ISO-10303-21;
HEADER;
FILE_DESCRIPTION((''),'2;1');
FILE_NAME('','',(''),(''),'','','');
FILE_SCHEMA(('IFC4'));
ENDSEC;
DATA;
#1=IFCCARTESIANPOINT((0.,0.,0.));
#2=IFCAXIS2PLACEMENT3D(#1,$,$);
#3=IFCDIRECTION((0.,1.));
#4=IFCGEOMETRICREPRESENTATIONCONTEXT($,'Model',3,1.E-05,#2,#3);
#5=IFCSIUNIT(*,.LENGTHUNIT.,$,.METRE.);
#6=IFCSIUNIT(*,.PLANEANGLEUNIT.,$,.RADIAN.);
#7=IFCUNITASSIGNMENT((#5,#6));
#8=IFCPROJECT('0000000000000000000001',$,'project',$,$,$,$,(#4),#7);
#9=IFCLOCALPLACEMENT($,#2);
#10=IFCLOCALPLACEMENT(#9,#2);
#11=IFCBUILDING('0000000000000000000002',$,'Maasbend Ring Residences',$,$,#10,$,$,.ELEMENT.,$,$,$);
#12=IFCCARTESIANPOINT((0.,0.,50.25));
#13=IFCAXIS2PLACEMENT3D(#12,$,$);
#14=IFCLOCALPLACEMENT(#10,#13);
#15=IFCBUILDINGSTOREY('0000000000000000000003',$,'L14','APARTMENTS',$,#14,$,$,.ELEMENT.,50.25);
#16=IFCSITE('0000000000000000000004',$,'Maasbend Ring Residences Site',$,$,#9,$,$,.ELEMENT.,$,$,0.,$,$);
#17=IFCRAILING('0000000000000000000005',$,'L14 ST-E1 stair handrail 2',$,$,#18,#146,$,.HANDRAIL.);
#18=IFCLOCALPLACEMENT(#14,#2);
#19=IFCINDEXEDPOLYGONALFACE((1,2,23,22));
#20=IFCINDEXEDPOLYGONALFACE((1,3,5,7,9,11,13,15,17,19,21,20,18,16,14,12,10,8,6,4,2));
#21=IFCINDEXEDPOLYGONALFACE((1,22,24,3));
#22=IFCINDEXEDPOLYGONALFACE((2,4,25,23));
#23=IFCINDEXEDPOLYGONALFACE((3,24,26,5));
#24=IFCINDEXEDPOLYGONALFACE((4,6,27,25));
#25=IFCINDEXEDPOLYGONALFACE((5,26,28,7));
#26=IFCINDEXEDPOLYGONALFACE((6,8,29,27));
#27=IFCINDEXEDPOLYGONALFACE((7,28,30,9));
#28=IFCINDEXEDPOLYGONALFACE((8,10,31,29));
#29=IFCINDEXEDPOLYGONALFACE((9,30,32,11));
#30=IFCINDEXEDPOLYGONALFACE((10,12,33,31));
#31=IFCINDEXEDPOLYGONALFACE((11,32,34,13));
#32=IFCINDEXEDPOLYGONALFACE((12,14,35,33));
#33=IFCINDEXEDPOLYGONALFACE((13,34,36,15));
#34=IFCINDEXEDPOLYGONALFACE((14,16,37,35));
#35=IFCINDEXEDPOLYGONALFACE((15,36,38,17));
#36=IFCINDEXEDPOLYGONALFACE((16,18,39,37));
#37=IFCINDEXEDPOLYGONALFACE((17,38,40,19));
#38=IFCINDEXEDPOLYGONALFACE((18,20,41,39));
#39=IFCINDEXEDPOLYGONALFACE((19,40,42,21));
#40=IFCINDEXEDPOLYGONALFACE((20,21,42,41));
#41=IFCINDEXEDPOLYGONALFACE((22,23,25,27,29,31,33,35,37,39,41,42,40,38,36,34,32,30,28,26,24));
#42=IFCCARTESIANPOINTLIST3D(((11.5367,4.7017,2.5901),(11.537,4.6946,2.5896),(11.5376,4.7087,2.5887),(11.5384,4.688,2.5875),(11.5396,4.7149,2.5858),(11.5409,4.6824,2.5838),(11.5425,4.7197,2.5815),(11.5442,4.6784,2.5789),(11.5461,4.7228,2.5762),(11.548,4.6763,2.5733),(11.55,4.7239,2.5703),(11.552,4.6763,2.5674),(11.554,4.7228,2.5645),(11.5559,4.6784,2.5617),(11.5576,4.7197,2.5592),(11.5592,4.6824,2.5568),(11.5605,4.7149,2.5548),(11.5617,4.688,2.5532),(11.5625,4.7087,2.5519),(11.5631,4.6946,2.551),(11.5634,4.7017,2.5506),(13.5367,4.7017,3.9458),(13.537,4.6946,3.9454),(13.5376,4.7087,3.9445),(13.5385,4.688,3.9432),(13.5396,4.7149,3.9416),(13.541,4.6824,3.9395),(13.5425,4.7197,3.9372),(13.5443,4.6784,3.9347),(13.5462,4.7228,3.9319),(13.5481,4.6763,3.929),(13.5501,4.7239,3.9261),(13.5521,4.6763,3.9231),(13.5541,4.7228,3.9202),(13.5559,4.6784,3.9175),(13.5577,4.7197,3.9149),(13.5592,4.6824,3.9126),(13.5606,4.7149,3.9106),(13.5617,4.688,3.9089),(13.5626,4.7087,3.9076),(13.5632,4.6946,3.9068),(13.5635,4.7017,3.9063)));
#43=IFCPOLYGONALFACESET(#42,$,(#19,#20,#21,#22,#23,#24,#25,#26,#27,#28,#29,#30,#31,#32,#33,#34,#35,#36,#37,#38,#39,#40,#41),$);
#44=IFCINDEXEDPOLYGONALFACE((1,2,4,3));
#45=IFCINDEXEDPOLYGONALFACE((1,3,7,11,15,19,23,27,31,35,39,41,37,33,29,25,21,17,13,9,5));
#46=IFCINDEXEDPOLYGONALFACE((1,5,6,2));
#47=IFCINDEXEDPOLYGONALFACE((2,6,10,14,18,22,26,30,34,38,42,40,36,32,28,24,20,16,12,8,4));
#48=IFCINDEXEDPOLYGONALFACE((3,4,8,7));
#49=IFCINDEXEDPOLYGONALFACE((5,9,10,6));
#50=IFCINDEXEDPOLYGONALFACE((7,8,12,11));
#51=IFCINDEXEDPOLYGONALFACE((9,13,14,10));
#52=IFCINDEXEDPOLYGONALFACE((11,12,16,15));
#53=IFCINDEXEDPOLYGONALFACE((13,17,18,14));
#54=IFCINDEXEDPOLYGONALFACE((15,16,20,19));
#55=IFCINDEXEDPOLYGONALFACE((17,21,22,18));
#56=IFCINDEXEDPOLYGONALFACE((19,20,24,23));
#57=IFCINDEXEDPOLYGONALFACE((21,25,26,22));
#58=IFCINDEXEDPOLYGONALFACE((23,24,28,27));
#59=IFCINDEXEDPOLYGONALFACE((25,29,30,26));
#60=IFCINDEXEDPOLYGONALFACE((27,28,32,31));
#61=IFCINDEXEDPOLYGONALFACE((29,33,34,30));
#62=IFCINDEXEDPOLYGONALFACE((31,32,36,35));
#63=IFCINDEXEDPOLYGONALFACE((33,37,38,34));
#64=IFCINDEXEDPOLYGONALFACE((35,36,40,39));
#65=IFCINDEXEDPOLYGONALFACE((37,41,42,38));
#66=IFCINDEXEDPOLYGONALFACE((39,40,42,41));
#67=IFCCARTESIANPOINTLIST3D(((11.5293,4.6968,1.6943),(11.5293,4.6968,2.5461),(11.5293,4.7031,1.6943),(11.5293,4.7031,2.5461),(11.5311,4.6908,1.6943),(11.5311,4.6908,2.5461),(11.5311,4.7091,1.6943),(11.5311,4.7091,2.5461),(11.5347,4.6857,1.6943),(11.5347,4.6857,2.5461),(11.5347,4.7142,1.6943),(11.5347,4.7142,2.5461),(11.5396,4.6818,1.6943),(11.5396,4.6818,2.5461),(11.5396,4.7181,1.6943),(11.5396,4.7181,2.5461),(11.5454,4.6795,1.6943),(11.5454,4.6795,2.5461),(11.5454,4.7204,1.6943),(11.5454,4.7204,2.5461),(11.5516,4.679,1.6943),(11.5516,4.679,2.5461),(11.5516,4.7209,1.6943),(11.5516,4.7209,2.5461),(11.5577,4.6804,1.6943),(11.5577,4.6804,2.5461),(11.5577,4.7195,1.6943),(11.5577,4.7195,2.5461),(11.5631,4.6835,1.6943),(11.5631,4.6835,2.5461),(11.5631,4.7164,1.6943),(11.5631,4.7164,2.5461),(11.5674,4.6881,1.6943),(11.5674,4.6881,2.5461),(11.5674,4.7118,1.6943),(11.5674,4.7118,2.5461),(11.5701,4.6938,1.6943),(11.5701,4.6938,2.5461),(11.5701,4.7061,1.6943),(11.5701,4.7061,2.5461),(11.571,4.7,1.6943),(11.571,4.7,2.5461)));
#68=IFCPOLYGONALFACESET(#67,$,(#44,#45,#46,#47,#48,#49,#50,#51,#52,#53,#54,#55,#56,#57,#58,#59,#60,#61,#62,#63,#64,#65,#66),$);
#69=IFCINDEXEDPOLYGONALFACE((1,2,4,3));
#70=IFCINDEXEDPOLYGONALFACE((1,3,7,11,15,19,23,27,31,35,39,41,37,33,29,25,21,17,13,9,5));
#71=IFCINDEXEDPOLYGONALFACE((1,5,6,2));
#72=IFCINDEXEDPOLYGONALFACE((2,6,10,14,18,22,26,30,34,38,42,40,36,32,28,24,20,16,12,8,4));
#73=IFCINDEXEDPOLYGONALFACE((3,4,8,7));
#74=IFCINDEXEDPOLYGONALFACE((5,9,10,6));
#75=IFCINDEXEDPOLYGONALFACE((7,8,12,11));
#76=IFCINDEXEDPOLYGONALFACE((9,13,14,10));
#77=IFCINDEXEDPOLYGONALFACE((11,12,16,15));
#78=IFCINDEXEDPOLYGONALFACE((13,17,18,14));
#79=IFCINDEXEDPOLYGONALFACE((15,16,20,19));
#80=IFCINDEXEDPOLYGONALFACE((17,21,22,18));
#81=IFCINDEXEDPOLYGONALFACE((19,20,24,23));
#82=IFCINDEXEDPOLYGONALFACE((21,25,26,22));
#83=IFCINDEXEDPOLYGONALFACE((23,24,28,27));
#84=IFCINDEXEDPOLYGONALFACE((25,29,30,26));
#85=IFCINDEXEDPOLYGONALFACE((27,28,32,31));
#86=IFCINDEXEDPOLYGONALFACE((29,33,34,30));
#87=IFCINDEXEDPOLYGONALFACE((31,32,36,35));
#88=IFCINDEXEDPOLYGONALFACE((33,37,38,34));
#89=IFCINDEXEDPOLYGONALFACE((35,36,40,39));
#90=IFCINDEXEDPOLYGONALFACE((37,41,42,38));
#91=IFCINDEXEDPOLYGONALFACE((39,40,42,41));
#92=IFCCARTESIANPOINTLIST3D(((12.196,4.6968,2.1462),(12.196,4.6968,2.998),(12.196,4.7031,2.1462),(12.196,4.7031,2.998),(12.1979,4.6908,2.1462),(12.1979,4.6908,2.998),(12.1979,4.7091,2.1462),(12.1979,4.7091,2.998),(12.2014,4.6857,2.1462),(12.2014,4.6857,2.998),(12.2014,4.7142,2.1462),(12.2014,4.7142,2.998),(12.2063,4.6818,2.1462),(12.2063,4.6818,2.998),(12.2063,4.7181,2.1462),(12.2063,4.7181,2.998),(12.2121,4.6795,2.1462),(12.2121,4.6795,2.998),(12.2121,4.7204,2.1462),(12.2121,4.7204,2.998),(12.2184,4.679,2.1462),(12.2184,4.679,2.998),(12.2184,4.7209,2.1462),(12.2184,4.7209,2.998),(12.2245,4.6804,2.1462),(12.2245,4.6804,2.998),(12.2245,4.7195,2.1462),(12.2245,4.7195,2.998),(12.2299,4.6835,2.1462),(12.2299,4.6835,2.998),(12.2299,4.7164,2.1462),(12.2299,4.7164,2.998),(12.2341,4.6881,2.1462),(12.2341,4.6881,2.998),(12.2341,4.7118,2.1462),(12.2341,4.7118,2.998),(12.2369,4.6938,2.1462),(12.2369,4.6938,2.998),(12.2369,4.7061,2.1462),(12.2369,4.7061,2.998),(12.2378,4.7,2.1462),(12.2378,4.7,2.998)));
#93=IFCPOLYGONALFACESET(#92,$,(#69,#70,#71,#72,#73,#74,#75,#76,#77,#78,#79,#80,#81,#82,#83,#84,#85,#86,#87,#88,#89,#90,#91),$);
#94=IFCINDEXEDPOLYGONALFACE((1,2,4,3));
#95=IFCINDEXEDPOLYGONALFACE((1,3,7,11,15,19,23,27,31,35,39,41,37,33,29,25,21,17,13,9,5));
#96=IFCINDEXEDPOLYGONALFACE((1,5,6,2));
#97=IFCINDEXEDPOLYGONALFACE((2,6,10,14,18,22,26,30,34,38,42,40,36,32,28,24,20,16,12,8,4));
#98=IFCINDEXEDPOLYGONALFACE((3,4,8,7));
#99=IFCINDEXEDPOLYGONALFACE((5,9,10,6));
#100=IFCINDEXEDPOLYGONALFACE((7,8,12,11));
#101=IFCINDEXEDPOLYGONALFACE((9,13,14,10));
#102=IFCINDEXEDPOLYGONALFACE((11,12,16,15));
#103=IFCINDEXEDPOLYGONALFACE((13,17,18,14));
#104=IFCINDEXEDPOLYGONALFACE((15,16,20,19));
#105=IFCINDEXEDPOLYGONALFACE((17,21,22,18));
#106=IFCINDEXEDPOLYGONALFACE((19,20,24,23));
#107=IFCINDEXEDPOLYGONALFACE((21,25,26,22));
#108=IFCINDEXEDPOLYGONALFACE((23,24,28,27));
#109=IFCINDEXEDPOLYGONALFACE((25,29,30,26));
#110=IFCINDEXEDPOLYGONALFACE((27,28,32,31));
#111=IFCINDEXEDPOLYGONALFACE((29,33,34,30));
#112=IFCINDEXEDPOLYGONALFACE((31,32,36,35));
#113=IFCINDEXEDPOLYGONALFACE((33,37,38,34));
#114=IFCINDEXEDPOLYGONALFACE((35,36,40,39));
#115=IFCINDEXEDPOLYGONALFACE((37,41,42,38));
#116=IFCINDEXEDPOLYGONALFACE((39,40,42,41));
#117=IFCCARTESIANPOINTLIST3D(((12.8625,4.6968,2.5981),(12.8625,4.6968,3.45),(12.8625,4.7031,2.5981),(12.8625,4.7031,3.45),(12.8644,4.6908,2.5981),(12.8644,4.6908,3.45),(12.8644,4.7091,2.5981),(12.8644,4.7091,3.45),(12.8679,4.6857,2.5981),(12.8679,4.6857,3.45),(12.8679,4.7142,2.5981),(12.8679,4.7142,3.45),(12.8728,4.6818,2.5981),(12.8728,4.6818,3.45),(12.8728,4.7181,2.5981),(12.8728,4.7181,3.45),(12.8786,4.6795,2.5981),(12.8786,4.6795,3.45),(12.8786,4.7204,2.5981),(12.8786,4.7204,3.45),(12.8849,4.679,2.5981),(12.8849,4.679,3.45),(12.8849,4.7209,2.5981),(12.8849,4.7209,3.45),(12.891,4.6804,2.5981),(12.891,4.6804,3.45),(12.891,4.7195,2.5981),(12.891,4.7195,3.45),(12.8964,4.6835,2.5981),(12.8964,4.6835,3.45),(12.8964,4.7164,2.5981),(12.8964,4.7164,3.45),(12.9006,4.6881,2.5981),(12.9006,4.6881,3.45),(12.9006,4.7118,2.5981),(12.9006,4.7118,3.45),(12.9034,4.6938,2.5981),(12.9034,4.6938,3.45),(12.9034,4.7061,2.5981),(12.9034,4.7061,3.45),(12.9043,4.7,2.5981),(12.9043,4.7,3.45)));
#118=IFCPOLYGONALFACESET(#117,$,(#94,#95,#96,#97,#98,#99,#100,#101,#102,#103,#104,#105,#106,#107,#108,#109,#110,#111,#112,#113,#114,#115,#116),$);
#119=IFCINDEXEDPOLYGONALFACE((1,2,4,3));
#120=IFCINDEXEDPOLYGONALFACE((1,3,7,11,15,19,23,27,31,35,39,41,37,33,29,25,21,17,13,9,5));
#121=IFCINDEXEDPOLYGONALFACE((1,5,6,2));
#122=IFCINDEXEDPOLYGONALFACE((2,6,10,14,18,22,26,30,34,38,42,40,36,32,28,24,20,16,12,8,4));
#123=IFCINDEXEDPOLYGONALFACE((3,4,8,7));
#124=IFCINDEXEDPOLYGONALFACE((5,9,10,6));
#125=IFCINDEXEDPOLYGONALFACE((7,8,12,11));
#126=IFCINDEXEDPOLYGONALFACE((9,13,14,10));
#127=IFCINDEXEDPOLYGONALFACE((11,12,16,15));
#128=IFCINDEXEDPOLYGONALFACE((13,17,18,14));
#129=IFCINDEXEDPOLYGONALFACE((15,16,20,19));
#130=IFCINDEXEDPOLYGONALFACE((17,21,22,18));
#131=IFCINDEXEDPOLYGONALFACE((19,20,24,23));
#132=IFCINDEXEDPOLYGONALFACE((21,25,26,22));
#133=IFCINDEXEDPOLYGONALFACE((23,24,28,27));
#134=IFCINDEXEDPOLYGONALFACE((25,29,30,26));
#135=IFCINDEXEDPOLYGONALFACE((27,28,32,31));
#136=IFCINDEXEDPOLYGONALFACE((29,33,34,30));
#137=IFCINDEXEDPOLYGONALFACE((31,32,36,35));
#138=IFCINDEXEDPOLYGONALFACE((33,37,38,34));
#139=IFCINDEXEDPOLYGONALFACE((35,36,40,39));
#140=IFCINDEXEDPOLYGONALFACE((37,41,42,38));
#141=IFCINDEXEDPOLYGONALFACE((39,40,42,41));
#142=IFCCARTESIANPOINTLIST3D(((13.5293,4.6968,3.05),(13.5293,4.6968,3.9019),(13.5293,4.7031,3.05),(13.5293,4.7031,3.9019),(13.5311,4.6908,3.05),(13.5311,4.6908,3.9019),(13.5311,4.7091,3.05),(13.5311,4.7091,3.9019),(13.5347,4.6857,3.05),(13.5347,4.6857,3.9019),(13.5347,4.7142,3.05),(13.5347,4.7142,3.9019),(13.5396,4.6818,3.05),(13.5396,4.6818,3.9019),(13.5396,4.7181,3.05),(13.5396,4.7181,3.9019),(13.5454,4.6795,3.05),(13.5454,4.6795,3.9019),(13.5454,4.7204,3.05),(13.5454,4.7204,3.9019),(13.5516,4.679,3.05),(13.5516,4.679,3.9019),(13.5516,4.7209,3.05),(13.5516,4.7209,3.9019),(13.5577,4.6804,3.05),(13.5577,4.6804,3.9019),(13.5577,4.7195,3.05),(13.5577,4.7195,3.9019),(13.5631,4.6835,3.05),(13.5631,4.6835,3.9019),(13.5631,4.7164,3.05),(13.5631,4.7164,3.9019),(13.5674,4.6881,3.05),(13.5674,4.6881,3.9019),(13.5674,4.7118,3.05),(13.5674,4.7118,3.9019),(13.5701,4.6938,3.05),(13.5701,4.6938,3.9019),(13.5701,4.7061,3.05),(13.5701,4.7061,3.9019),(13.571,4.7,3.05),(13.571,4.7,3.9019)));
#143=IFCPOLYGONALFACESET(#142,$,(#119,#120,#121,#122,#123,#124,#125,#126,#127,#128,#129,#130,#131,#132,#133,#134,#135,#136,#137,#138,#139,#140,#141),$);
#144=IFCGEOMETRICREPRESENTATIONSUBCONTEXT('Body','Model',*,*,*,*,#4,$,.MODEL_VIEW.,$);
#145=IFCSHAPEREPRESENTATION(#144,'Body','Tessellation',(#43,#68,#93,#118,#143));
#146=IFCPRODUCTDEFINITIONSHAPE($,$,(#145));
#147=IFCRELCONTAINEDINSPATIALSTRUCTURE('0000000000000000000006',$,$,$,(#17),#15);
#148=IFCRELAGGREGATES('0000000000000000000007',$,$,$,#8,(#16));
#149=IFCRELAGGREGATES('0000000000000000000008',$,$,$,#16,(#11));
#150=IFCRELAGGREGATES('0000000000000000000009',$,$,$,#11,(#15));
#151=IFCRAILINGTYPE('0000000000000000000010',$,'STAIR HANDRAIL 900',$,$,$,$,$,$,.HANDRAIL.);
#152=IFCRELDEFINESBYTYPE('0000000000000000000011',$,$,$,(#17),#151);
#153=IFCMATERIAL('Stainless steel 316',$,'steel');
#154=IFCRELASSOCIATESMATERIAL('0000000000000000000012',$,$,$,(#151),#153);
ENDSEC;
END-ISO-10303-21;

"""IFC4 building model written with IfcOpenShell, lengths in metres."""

from ifc_helpers import new_model, si_unit, direction, frame, origin, origin_2d, place, context, subcontext, project, spatial, circle, extrude, material, type_object, element, save


model = new_model("IFC4")

# Units and contexts
model_context = context("Model", 3, precision=1e-05, world=origin(), true_north=direction((0.0, 1.0)))
body_context = subcontext(model_context, "Body", "Model", "MODEL_VIEW")
ifc_project = project(units=[si_unit("LENGTHUNIT", "METRE"), si_unit("PLANEANGLEUNIT", "RADIAN")], contexts=[model_context])

# Site, building, storey
site_placement = place(None, origin())
site = spatial("IfcSite", under=ifc_project, at=site_placement, Name="Maasbend Ring Residences Site", CompositionType="ELEMENT", RefElevation=0.0)
building_placement = place(site_placement, origin())
building = spatial("IfcBuilding", under=site, at=building_placement, Name="Maasbend Ring Residences", CompositionType="ELEMENT")
storey_placement = place(building_placement, frame((0.0, 0.0, 50.25)))
storey = spatial("IfcBuildingStorey", under=building, at=storey_placement, Name="L14", Description="APARTMENTS", CompositionType="ELEMENT", Elevation=50.25)

# Railing
ifc_material_1 = material(Name="Stainless steel 316", Category="steel")
railing_type = type_object("IfcRailingType", Name="STAIR HANDRAIL 900", PredefinedType="HANDRAIL", material=ifc_material_1)
railing_1_placement = place(storey_placement, frame((11.55, 4.7, 1.6943)))
element("IfcRailing", 1, at=railing_1_placement, inside=storey, type_object=railing_type, Name="L14 ST-E1 stair handrail 2", PredefinedType="HANDRAIL", context=body_context, shape_type="SweptSolid", body=[
    extrude(circle(Radius=0.0239, at=origin_2d()), frame((0.0, 0.0, 0.876), z_axis=(0.827751, 0.0, 0.561096), x_axis=(0.0, 1.0, 0.0)), (0.0, 0.0, 1.0), 2.4163),
    extrude(circle(Radius=0.021, at=origin_2d()), origin(), (0.0, 0.0, 1.0), 0.8518),
    extrude(circle(Radius=0.021, at=origin_2d()), frame((0.6667, 0.0, 0.4519)), (0.0, 0.0, 1.0), 0.8518),
    extrude(circle(Radius=0.021, at=origin_2d()), frame((1.3333, 0.0, 0.9038)), (0.0, 0.0, 1.0), 0.8518),
    extrude(circle(Radius=0.021, at=origin_2d()), frame((2.0, 0.0, 1.3557)), (0.0, 0.0, 1.0), 0.8518),
])

save(model, "model.ifc")
